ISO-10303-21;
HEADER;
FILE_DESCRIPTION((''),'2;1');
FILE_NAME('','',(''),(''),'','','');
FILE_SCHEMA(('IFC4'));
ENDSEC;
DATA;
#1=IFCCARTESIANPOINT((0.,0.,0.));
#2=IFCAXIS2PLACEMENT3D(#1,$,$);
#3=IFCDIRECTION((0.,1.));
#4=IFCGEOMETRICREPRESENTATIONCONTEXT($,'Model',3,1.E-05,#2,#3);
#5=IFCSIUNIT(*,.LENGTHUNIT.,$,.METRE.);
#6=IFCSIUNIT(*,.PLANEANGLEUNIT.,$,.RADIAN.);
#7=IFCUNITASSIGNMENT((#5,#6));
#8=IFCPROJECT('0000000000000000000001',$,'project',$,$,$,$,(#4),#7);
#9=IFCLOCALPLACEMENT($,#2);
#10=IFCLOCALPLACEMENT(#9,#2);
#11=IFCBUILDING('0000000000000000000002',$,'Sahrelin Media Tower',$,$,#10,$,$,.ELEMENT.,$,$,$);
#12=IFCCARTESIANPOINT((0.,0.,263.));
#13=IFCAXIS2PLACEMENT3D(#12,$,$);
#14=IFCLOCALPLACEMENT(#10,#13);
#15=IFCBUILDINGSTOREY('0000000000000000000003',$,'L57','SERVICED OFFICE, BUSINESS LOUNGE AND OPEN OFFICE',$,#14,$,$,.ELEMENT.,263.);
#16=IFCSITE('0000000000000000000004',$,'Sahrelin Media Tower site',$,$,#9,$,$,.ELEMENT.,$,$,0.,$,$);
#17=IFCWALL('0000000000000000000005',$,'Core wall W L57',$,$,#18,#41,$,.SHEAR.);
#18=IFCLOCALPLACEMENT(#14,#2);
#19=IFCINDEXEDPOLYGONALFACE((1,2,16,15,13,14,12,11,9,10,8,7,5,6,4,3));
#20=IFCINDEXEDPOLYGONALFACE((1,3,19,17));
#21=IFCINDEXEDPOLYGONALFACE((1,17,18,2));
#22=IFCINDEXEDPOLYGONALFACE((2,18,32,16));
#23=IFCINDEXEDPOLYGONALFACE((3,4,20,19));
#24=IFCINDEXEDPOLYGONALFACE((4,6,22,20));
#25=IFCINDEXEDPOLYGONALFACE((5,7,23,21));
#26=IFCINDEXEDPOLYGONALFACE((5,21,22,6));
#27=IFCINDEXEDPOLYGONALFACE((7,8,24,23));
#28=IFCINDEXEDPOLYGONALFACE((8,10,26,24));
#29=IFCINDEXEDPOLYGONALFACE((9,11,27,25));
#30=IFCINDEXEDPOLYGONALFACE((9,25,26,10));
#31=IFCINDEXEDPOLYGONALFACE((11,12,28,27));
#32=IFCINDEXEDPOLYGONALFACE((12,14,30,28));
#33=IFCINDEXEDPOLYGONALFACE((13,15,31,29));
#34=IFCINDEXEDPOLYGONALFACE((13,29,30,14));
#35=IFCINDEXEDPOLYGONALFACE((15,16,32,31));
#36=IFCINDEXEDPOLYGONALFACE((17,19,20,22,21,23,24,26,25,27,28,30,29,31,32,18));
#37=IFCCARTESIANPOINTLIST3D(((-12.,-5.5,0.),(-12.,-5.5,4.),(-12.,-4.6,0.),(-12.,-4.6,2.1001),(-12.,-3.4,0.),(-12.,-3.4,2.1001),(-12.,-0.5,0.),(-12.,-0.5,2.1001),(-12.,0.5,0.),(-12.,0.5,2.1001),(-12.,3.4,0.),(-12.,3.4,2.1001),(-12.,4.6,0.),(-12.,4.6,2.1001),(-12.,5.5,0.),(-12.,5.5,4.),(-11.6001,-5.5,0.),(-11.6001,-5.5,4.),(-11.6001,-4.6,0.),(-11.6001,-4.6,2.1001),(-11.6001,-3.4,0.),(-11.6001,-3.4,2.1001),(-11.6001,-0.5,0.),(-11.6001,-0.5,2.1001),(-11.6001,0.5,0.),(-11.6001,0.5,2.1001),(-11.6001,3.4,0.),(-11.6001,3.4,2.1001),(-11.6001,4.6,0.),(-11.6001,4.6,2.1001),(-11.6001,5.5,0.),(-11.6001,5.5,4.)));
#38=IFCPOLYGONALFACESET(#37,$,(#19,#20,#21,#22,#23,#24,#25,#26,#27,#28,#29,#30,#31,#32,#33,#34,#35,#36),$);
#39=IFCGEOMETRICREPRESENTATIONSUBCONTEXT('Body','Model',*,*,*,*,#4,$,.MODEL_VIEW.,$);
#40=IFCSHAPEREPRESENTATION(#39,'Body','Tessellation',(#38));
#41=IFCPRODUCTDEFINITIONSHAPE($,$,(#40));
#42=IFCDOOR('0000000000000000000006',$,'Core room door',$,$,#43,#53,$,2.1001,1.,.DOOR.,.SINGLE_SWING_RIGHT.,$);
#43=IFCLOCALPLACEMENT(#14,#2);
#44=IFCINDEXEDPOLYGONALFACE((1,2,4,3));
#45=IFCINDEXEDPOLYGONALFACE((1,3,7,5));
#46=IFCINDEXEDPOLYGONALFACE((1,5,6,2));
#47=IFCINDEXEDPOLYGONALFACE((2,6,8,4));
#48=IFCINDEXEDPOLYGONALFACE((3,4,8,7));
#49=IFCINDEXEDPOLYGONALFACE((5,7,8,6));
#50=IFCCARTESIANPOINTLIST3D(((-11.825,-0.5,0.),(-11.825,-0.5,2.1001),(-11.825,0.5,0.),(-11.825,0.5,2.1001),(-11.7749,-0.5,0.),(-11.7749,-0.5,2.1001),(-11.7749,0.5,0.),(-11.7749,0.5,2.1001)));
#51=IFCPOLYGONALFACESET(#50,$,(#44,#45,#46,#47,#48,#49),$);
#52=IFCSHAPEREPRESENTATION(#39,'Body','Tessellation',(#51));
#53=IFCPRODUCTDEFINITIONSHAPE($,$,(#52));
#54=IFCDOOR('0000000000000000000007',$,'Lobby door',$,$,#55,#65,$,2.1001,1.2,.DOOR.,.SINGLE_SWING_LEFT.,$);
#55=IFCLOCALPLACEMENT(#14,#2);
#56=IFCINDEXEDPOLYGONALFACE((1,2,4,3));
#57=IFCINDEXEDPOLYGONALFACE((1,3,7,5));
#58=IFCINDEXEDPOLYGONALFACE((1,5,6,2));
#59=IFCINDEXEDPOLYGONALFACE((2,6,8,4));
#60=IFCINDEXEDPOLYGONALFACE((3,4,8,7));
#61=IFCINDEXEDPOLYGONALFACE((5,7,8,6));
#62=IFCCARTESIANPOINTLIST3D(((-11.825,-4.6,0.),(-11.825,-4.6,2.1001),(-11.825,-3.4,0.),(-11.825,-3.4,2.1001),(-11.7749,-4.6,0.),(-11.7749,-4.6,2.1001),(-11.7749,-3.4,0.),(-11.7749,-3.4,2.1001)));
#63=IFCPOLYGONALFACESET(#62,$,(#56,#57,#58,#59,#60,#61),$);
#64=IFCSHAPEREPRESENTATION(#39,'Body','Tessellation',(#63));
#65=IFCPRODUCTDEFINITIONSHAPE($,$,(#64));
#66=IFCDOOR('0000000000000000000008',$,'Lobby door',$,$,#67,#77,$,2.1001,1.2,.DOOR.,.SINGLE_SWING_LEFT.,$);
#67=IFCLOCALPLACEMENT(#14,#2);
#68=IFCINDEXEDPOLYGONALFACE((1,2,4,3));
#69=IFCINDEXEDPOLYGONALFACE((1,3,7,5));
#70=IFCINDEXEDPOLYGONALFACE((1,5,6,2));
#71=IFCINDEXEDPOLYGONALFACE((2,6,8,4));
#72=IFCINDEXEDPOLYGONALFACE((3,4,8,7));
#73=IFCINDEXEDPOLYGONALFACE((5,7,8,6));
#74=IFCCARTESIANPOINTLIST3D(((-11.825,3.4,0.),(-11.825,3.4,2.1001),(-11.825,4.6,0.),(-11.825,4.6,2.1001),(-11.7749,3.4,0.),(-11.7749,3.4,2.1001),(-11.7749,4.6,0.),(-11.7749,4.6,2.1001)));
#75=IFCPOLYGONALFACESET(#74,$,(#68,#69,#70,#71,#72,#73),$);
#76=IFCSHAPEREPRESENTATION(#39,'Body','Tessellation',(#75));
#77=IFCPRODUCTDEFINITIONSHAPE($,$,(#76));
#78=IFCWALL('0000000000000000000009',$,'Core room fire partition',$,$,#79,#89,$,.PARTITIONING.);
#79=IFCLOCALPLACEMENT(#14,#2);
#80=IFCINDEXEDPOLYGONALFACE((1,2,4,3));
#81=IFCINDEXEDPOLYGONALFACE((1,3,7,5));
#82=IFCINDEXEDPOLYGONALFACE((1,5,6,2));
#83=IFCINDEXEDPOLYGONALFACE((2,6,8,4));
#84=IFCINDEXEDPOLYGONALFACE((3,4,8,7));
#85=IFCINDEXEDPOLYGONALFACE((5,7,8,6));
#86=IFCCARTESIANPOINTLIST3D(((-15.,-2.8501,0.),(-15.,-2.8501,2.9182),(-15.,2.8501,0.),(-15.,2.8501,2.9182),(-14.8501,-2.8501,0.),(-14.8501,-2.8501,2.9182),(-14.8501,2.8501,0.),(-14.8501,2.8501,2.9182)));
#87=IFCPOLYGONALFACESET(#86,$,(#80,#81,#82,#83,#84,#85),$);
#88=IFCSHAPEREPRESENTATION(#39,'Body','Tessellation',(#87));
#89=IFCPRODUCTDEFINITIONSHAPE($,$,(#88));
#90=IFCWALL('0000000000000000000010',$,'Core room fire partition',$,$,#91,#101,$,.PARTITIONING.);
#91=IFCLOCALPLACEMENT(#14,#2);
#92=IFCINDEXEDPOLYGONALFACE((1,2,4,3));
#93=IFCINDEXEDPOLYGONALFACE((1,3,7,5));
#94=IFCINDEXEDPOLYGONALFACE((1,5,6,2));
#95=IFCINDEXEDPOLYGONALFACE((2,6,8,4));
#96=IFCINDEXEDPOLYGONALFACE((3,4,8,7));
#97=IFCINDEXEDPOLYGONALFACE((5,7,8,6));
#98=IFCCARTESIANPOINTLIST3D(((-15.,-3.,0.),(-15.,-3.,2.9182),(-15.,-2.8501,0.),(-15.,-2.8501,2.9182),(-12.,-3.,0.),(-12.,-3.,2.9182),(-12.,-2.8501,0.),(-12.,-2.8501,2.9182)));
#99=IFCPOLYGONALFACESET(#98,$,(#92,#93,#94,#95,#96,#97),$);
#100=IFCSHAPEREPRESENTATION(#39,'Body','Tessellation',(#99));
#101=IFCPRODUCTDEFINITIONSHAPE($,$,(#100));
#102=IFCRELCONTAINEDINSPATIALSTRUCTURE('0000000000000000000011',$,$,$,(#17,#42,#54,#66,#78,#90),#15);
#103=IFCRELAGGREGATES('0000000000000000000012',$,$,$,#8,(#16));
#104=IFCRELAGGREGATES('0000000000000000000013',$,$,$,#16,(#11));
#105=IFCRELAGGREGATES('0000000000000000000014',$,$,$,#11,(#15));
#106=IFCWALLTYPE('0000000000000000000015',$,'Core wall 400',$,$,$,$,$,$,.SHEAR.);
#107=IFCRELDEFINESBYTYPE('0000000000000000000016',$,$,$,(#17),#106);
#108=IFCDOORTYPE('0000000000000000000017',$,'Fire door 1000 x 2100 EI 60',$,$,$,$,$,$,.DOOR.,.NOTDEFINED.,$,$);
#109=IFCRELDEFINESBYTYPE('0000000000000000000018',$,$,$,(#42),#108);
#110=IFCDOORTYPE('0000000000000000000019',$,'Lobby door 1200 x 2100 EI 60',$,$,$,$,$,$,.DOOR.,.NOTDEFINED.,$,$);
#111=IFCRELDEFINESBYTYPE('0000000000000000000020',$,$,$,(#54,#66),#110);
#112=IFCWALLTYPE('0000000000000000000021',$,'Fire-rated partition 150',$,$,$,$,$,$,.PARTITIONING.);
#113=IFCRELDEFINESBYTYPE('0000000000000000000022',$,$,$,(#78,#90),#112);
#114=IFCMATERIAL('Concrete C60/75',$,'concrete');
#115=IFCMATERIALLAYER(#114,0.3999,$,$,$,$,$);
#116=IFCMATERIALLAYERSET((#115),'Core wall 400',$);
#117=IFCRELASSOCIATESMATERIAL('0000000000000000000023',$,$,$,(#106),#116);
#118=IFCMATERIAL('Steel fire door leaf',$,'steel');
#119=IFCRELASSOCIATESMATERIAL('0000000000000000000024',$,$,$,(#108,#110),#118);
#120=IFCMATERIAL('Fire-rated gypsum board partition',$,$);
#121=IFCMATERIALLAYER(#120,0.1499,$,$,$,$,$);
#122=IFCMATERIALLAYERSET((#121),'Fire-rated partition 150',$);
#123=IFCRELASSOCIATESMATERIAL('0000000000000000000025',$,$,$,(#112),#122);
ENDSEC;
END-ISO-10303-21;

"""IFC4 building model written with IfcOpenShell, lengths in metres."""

from ifc_helpers import new_model, si_unit, direction, frame, frame_2d, origin, place, context, subcontext, project, spatial, rectangle, extrude, material, layer, layer_set, type_object, element, fill, save


model = new_model("IFC4")

# Units and contexts
model_context = context("Model", 3, precision=1e-05, world=origin(), true_north=direction((0.0, 1.0)))
body_context = subcontext(model_context, "Body", "Model", "MODEL_VIEW")
ifc_project = project(units=[si_unit("LENGTHUNIT", "METRE"), si_unit("PLANEANGLEUNIT", "RADIAN")], contexts=[model_context])

# Site, building, storey
site_placement = place(None, origin())
site = spatial("IfcSite", under=ifc_project, at=site_placement, Name="Sahrelin Media Tower site", CompositionType="ELEMENT", RefElevation=0.0)
building_placement = place(site_placement, origin())
building = spatial("IfcBuilding", under=site, at=building_placement, Name="Sahrelin Media Tower", CompositionType="ELEMENT")
storey_placement = place(building_placement, frame((0.0, 0.0, 263.0)))
storey = spatial("IfcBuildingStorey", under=building, at=storey_placement, Name="L57", Description="SERVICED OFFICE, BUSINESS LOUNGE AND OPEN OFFICE", CompositionType="ELEMENT", Elevation=263.0)

# Shared definitions
ifc_material_1 = material(Name="Concrete C60/75", Category="concrete")
ifc_layer_1 = layer(ifc_material_1, 0.3999)
ifc_layer_set_1 = layer_set([ifc_layer_1], Name="Core wall 400")
wall_type_1 = type_object("IfcWallType", Name="Core wall 400", PredefinedType="SHEAR", material=ifc_layer_set_1)

# Wall, openings, doors
wall_1_placement = place(storey_placement, frame((-11.8, -5.5, 0.0), z_axis=(0.0, 0.0, 1.0), x_axis=(0.0, 1.0, 0.0)))
wall_1 = element("IfcWall", 1, at=wall_1_placement, inside=storey, type_object=wall_type_1, Name="Core wall W L57", PredefinedType="SHEAR", context=body_context, shape_type="SweptSolid", body=[
    extrude(rectangle(XDim=11.0, YDim=0.3999, at=frame_2d((5.5, 0.0))), origin(), (0.0, 0.0, 1.0), 4.0),
])
opening_1_placement = place(wall_1_placement, frame((5.0, 0.0, 0.0)))
opening_1 = element("IfcOpeningElement", 2, at=opening_1_placement, cuts=wall_1, PredefinedType="OPENING", context=body_context, shape_type="SweptSolid", body=[
    extrude(rectangle(XDim=1.0, YDim=2.1001, at=frame_2d((0.5, 1.05))), frame((0.0, 0.2, 0.0), z_axis=(0.0, -1.0, 0.0), x_axis=(1.0, 0.0, 0.0)), (0.0, 0.0, 1.0), 0.3999),
])
opening_2_placement = place(wall_1_placement, frame((0.8999, 0.0, 0.0)))
opening_2 = element("IfcOpeningElement", 3, at=opening_2_placement, cuts=wall_1, PredefinedType="OPENING", context=body_context, shape_type="SweptSolid", body=[
    extrude(rectangle(XDim=1.2, YDim=2.1001, at=frame_2d((0.6001, 1.05))), frame((0.0, 0.2, 0.0), z_axis=(0.0, -1.0, 0.0), x_axis=(1.0, 0.0, 0.0)), (0.0, 0.0, 1.0), 0.3999),
])
opening_3_placement = place(wall_1_placement, frame((8.8999, 0.0, 0.0)))
opening_3 = element("IfcOpeningElement", 4, at=opening_3_placement, cuts=wall_1, PredefinedType="OPENING", context=body_context, shape_type="SweptSolid", body=[
    extrude(rectangle(XDim=1.2, YDim=2.1001, at=frame_2d((0.6001, 1.05))), frame((0.0, 0.2, 0.0), z_axis=(0.0, -1.0, 0.0), x_axis=(1.0, 0.0, 0.0)), (0.0, 0.0, 1.0), 0.3999),
])
ifc_material_2 = material(Name="Steel fire door leaf", Category="steel")
door_type_1 = type_object("IfcDoorType", Name="Fire door 1000 x 2100 EI 60", OperationType="NOTDEFINED", PredefinedType="DOOR", material=ifc_material_2)
door_1_placement = place(opening_1_placement, origin())
door_1 = element("IfcDoor", 5, at=door_1_placement, inside=storey, type_object=door_type_1, Name="Core room door", OperationType="SINGLE_SWING_RIGHT", OverallHeight=2.1001, OverallWidth=1.0, PredefinedType="DOOR", context=body_context, shape_type="SweptSolid", body=[
    extrude(rectangle(XDim=1.0, YDim=2.1001, at=frame_2d((0.5, 1.05))), frame((0.0, 0.0249, 0.0), z_axis=(0.0, -1.0, 0.0), x_axis=(1.0, 0.0, 0.0)), (0.0, 0.0, 1.0), 0.05),
])
fill(opening_1, door_1)
door_type_2 = type_object("IfcDoorType", Name="Lobby door 1200 x 2100 EI 60", OperationType="NOTDEFINED", PredefinedType="DOOR", material=ifc_material_2)
door_2_placement = place(opening_2_placement, origin())
door_2 = element("IfcDoor", 6, at=door_2_placement, inside=storey, type_object=door_type_2, Name="Lobby door", OperationType="SINGLE_SWING_LEFT", OverallHeight=2.1001, OverallWidth=1.2, PredefinedType="DOOR", context=body_context, shape_type="SweptSolid", body=[
    extrude(rectangle(XDim=1.2, YDim=2.1001, at=frame_2d((0.6001, 1.05))), frame((0.0, 0.0249, 0.0), z_axis=(0.0, -1.0, 0.0), x_axis=(1.0, 0.0, 0.0)), (0.0, 0.0, 1.0), 0.05),
])
fill(opening_2, door_2)
door_3_placement = place(opening_3_placement, origin())
door_3 = element("IfcDoor", 7, at=door_3_placement, inside=storey, type_object=door_type_2, Name="Lobby door", OperationType="SINGLE_SWING_LEFT", OverallHeight=2.1001, OverallWidth=1.2, PredefinedType="DOOR", context=body_context, shape_type="SweptSolid", body=[
    extrude(rectangle(XDim=1.2, YDim=2.1001, at=frame_2d((0.6001, 1.05))), frame((0.0, 0.0249, 0.0), z_axis=(0.0, -1.0, 0.0), x_axis=(1.0, 0.0, 0.0)), (0.0, 0.0, 1.0), 0.05),
])
fill(opening_3, door_3)

# Walls
ifc_material_3 = material(Name="Fire-rated gypsum board partition")
ifc_layer_2 = layer(ifc_material_3, 0.1499)
ifc_layer_set_2 = layer_set([ifc_layer_2], Name="Fire-rated partition 150")
wall_type_2 = type_object("IfcWallType", Name="Fire-rated partition 150", PredefinedType="PARTITIONING", material=ifc_layer_set_2)
wall_2_placement = place(storey_placement, frame((-14.925, -2.8501, 0.0), z_axis=(0.0, 0.0, 1.0), x_axis=(0.0, 1.0, 0.0)))
element("IfcWall", 8, at=wall_2_placement, inside=storey, type_object=wall_type_2, Name="Core room fire partition", PredefinedType="PARTITIONING", context=body_context, shape_type="SweptSolid", body=[
    extrude(rectangle(XDim=5.7002, YDim=0.1499, at=frame_2d((2.8501, 0.0))), origin(), (0.0, 0.0, 1.0), 2.9182),
])
wall_3_placement = place(storey_placement, frame((-15.0, -2.925, 0.0), z_axis=(0.0, 0.0, 1.0), x_axis=(1.0, 0.0, 0.0)))
element("IfcWall", 9, at=wall_3_placement, inside=storey, type_object=wall_type_2, Name="Core room fire partition", PredefinedType="PARTITIONING", context=body_context, shape_type="SweptSolid", body=[
    extrude(rectangle(XDim=3.0, YDim=0.1499, at=frame_2d((1.5, 0.0))), origin(), (0.0, 0.0, 1.0), 2.9182),
])

save(model, "model.ifc")
